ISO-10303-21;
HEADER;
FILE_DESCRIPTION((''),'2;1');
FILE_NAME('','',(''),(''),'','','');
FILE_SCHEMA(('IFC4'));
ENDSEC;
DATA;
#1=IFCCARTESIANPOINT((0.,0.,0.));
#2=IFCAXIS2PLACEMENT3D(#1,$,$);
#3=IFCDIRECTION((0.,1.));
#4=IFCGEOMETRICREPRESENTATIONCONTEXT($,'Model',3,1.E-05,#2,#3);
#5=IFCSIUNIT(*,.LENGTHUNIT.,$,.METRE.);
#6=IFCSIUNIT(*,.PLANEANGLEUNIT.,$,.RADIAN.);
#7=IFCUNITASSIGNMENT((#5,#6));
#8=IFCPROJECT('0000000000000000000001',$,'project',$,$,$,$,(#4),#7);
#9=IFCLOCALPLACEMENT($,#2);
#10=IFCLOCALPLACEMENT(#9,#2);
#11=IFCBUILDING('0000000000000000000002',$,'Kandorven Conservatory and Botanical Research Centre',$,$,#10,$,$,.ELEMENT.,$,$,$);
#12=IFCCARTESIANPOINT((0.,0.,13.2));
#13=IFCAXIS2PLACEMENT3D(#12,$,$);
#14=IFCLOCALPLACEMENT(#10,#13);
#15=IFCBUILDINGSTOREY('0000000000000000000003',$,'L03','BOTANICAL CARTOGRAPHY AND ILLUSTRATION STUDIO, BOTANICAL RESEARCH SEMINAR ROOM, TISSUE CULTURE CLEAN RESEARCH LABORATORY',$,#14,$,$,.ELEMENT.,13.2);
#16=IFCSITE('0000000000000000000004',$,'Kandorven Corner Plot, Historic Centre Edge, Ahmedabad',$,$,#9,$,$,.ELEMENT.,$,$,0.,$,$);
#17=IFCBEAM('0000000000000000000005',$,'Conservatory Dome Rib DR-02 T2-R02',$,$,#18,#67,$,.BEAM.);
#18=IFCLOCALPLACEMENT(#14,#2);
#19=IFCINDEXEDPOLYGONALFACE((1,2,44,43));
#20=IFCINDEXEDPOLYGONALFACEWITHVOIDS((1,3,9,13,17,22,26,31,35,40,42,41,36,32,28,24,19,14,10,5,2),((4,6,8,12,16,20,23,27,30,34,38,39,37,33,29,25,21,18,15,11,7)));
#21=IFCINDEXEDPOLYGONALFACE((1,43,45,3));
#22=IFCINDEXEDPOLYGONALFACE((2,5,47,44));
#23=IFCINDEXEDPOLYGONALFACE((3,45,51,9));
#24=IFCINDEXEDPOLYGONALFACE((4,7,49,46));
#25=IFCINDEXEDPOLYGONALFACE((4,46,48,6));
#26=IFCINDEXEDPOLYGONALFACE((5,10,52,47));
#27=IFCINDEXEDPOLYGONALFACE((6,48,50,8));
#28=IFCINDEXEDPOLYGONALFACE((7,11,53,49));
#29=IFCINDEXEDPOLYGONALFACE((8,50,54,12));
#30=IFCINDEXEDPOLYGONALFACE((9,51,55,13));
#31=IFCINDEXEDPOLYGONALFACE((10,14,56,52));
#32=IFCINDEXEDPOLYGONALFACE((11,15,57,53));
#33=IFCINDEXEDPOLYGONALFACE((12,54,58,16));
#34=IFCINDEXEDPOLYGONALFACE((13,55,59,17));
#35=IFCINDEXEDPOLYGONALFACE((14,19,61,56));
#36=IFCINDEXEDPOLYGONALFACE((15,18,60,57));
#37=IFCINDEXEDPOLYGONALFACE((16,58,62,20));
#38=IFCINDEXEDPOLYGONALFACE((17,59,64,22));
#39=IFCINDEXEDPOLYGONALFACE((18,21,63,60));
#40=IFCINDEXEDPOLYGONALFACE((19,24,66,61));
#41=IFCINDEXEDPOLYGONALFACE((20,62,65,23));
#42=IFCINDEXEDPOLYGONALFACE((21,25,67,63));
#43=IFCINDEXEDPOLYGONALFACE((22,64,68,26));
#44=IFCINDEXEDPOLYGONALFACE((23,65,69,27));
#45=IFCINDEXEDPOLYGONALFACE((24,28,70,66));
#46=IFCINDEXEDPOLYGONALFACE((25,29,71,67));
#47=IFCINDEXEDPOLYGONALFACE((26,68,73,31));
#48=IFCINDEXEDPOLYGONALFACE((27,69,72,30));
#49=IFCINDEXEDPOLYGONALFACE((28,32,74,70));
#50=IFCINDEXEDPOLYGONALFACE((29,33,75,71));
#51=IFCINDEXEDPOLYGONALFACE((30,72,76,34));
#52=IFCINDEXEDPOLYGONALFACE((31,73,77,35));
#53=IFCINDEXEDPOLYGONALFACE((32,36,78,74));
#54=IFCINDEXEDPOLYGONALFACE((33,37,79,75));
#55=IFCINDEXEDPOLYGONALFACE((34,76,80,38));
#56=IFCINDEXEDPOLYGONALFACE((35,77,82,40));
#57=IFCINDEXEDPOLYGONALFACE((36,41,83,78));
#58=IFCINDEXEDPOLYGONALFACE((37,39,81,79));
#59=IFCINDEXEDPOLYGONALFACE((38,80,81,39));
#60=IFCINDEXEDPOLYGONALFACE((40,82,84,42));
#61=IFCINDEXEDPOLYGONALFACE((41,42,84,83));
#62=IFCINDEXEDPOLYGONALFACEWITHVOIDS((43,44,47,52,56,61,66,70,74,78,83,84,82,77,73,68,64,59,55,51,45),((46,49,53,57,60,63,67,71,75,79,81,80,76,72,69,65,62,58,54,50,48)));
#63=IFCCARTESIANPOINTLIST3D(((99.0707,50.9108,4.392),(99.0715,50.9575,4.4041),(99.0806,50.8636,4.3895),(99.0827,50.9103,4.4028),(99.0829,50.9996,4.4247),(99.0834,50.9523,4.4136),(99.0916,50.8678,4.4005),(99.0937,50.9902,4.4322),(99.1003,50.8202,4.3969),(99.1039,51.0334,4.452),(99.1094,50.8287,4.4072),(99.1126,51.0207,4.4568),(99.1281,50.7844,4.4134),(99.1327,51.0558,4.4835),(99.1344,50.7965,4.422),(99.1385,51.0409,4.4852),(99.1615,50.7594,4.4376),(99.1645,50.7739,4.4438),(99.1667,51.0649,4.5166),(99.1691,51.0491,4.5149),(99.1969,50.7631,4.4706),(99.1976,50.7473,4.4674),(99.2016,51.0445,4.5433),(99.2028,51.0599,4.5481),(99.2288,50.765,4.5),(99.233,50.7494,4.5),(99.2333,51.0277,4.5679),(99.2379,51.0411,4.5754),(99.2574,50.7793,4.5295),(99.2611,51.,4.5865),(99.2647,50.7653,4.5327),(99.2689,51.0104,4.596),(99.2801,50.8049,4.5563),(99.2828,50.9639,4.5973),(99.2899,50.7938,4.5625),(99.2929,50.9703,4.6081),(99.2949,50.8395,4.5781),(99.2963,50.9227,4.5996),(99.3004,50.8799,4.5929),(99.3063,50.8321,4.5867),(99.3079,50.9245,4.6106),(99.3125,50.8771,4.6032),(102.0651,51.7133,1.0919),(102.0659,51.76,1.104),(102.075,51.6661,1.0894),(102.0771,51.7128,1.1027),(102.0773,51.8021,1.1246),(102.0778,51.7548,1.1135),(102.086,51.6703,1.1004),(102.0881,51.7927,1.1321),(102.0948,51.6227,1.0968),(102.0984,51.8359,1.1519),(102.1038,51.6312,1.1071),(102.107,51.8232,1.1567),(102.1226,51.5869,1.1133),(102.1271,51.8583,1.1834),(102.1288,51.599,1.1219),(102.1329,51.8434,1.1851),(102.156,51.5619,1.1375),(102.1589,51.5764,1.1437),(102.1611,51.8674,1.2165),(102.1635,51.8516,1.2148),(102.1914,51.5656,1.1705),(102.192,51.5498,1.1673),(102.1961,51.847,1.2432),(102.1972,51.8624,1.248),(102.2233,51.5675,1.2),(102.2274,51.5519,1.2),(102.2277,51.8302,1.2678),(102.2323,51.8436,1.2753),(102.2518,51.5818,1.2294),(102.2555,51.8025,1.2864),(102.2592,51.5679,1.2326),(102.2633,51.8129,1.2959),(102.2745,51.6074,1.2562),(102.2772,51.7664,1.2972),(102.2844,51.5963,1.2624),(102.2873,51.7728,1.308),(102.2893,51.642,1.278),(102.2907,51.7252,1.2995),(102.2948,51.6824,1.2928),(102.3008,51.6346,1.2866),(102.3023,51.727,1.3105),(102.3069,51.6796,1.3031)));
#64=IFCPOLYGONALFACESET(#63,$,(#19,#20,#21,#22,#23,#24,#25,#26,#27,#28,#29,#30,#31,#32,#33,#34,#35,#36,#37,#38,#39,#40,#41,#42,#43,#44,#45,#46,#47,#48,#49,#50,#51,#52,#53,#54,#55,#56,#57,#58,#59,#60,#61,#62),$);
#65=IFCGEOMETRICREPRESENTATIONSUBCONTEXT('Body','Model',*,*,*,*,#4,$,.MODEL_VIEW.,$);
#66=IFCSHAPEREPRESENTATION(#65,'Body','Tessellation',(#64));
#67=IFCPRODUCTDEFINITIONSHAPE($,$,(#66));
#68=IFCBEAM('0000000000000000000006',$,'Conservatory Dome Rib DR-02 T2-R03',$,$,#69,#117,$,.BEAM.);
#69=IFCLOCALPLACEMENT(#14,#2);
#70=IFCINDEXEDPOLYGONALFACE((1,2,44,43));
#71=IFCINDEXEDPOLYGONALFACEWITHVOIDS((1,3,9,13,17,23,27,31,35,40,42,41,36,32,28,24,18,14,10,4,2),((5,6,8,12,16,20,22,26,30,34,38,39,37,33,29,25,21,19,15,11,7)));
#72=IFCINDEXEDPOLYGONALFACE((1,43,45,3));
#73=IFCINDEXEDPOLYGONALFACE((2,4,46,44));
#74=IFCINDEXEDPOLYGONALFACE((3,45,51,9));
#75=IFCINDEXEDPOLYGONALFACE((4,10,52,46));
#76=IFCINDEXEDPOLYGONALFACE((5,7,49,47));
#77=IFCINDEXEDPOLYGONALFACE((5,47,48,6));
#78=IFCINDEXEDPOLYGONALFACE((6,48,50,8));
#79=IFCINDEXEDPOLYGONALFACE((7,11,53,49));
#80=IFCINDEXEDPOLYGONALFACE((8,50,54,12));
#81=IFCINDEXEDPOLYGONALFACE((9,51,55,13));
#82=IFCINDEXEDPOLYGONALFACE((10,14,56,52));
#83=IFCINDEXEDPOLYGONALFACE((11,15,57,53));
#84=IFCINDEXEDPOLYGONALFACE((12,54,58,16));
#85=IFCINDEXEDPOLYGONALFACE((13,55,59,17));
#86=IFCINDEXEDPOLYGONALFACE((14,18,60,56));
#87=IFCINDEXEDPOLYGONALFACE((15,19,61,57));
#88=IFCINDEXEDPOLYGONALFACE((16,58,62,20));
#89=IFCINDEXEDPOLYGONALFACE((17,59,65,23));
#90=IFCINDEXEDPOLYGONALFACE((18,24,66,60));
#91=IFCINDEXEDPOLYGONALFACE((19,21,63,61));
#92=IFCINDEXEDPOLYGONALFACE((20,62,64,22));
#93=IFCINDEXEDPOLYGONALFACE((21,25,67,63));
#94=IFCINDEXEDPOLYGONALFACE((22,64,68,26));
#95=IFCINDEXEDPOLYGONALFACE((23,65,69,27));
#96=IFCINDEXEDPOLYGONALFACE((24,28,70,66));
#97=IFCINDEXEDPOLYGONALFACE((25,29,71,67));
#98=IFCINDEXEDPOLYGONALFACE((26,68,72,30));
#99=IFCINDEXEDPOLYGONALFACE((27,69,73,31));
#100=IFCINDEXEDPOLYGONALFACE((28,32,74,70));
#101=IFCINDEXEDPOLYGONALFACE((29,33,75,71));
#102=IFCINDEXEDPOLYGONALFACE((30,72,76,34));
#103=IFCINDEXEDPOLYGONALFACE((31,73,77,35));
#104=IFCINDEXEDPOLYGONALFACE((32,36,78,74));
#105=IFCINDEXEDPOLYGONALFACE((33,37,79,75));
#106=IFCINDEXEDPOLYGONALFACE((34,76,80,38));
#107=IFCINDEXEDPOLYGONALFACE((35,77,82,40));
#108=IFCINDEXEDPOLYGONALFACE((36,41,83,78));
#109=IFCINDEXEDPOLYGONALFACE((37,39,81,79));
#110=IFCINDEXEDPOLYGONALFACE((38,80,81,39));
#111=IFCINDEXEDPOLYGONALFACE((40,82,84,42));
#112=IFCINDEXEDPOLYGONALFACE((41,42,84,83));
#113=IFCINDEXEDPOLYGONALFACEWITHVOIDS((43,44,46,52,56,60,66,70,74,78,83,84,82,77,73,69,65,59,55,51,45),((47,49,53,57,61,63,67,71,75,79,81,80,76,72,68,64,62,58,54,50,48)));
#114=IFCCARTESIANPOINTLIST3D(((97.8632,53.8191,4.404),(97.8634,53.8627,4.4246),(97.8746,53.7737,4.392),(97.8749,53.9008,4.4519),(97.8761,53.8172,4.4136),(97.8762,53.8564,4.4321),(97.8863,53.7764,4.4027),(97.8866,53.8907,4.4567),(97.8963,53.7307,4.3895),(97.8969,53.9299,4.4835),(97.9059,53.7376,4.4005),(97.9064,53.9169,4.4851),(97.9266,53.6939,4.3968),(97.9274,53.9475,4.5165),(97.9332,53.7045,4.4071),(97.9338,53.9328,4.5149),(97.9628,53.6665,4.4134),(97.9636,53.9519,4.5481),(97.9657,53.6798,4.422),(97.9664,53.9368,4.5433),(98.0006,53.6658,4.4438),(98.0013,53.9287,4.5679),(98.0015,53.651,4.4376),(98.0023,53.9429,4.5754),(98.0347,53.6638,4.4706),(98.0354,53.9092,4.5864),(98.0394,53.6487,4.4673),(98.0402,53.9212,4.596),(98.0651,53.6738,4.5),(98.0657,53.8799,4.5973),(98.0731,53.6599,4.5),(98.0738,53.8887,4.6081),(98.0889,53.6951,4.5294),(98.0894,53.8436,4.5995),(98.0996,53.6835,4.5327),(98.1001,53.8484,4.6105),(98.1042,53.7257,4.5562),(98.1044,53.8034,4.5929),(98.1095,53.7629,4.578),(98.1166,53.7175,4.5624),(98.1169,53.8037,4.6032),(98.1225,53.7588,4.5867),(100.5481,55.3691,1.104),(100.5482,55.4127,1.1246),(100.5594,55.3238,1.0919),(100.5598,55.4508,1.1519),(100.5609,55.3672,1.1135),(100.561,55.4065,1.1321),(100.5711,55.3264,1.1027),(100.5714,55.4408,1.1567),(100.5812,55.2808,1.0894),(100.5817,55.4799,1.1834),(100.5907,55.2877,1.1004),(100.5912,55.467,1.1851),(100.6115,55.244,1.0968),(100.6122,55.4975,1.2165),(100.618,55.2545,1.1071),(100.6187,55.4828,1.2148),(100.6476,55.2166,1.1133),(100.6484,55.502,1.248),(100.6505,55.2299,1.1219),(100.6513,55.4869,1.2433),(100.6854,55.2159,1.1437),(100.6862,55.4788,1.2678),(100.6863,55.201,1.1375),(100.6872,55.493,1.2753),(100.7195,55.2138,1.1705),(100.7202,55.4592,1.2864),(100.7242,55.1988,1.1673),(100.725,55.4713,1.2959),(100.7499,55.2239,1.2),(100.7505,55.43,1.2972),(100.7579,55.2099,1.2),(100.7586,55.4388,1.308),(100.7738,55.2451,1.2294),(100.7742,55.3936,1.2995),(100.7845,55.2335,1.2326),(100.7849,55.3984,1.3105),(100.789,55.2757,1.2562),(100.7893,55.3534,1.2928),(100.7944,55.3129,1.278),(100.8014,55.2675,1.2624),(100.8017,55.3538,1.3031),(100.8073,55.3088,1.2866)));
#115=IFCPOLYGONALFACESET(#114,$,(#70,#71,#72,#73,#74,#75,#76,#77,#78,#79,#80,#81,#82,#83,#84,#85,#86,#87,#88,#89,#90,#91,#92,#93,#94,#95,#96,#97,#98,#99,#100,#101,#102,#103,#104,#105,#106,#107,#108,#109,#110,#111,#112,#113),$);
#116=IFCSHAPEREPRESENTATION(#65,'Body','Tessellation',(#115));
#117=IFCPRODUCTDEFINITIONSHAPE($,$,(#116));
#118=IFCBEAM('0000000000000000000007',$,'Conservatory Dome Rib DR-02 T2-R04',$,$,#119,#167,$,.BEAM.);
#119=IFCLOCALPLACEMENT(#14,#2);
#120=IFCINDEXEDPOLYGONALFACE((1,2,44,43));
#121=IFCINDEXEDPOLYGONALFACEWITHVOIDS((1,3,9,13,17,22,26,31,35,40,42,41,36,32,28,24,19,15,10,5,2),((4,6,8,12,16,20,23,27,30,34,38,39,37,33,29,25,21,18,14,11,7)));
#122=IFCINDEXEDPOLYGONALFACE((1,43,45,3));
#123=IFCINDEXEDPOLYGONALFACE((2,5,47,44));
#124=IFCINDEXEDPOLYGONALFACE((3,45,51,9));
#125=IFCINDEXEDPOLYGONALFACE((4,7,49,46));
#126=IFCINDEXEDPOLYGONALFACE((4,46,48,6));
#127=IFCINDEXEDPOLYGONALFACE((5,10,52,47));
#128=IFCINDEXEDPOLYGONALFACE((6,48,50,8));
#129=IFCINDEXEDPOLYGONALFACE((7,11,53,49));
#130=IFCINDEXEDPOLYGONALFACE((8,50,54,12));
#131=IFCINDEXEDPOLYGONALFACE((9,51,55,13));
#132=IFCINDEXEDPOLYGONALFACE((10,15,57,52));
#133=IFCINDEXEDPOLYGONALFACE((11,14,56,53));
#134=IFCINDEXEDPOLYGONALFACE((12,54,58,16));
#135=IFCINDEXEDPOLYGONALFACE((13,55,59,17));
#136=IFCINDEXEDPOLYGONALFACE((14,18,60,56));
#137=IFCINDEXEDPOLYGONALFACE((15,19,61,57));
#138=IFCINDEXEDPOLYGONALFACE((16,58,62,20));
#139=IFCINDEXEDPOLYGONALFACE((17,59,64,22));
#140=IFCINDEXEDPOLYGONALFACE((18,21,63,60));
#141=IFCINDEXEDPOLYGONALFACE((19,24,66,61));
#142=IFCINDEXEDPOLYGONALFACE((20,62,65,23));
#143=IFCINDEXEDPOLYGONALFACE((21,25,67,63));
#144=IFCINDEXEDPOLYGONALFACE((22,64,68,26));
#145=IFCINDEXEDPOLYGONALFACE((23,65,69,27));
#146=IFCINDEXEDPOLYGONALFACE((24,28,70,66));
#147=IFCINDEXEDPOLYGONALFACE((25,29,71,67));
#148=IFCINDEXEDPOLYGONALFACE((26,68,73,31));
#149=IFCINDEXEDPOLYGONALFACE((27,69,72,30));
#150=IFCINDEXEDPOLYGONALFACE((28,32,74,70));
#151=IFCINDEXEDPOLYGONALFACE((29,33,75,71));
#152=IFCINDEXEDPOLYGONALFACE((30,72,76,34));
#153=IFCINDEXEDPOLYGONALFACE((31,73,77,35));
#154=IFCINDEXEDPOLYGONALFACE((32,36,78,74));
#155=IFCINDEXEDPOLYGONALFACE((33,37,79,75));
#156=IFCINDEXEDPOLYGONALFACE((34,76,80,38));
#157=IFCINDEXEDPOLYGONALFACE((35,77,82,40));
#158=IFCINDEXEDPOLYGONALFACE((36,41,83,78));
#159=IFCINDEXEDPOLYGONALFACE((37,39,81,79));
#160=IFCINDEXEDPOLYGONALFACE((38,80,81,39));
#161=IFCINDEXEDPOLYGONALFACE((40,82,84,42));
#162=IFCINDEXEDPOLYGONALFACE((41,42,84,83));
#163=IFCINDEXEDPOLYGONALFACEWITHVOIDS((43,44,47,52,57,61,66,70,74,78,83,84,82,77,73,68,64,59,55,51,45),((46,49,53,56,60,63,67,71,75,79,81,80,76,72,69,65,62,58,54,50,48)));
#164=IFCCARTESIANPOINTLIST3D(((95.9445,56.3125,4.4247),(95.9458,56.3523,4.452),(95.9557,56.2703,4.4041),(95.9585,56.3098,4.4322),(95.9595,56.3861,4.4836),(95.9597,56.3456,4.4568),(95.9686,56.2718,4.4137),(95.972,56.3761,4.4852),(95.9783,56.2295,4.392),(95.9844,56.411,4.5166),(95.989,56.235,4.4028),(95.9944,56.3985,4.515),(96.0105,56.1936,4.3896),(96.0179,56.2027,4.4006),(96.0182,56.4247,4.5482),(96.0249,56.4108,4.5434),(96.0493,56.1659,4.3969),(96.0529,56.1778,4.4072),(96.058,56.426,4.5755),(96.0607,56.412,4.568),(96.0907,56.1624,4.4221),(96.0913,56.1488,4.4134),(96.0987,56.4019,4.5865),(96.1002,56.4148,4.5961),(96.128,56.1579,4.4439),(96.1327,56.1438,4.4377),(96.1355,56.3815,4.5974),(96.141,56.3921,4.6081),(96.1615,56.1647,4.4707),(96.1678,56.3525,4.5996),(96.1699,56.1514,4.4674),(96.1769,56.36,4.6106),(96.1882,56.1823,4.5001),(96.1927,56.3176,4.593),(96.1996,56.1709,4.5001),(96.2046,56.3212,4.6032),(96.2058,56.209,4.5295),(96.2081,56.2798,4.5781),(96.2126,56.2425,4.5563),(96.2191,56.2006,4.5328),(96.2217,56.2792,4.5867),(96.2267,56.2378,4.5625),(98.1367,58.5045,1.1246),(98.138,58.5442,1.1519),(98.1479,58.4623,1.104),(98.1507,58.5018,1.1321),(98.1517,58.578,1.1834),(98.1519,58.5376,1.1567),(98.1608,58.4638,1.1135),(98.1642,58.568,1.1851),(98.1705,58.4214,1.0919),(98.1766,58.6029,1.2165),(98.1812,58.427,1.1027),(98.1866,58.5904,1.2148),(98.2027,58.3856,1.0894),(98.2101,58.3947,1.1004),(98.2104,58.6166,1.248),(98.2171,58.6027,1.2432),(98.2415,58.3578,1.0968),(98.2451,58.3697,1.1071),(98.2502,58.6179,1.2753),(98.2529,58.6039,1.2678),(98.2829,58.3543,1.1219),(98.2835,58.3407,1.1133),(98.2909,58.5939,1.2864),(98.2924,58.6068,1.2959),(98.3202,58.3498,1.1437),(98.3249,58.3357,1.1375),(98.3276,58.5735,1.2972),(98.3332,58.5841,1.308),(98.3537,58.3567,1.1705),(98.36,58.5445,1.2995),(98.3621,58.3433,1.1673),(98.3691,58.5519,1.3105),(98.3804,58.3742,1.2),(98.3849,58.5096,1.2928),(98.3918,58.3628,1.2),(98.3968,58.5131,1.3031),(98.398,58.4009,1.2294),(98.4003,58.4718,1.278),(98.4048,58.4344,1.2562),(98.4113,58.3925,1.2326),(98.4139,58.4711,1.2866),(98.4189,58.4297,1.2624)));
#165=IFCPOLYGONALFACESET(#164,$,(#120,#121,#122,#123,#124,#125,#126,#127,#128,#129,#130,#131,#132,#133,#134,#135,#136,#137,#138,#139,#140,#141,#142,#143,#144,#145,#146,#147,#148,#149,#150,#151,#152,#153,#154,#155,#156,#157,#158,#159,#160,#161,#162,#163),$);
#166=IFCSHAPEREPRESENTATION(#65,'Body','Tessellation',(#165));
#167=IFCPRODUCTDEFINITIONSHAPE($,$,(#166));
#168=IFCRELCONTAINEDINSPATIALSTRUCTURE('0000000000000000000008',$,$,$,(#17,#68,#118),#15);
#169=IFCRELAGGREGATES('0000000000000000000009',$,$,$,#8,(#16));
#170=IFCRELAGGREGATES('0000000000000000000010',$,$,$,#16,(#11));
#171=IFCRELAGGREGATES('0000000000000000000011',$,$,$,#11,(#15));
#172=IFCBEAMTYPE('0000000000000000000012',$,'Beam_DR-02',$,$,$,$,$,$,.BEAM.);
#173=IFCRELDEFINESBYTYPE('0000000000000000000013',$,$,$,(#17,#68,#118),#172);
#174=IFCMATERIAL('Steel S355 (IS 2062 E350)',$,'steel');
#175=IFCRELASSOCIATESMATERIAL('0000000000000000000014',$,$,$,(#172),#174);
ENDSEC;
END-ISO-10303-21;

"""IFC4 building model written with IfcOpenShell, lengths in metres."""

from ifc_helpers import new_model, si_unit, direction, frame, origin, origin_2d, place, context, subcontext, project, spatial, hollow_circle, extrude, material, material_profile, profile_set, type_object, element, save


model = new_model("IFC4")

# Units and contexts
model_context = context("Model", 3, precision=1e-05, world=origin(), true_north=direction((0.0, 1.0)))
body_context = subcontext(model_context, "Body", "Model", "MODEL_VIEW")
ifc_project = project(units=[si_unit("LENGTHUNIT", "METRE"), si_unit("PLANEANGLEUNIT", "RADIAN")], contexts=[model_context])

# Site, building, storey
site_placement = place(None, origin())
site = spatial("IfcSite", under=ifc_project, at=site_placement, Name="Kandorven Corner Plot, Historic Centre Edge, Ahmedabad", CompositionType="ELEMENT", RefElevation=0.0)
building_placement = place(site_placement, origin())
building = spatial("IfcBuilding", under=site, at=building_placement, Name="Kandorven Conservatory and Botanical Research Centre", CompositionType="ELEMENT")
storey_placement = place(building_placement, frame((0.0, 0.0, 13.2)))
storey = spatial("IfcBuildingStorey", under=building, at=storey_placement, Name="L03", Description="BOTANICAL CARTOGRAPHY AND ILLUSTRATION STUDIO, BOTANICAL RESEARCH SEMINAR ROOM, TISSUE CULTURE CLEAN RESEARCH LABORATORY", CompositionType="ELEMENT", Elevation=13.2)

# Beams
ifc_material_1 = material(Name="Steel S355 (IS 2062 E350)", Category="steel")
ifc_material_profile_1 = material_profile(ifc_material_1, hollow_circle(Radius=0.1619, WallThickness=0.0161, at=origin_2d()))
ifc_profile_set_1 = profile_set([ifc_material_profile_1], Name="Steel S355 (IS 2062 E350)")
beam_type_1 = type_object("IfcBeamType", Name="Beam_DR-02", PredefinedType="BEAM", material=ifc_profile_set_1)
for number, where, z_axis, x_axis, name in (
    (1, (102.1855, 51.7083, 1.2), (-0.661338, -0.177238, 0.728847), (0.258863, -0.965914, 0.0), "Conservatory Dome Rib DR-02 T2-R02"),
    (2, (100.677, 55.3501, 1.2), (-0.592959, -0.342338, 0.728837), (0.499993, -0.86603, 0.0), "Conservatory Dome Rib DR-02 T2-R03"),
    (3, (98.2773, 58.4773, 1.2), (-0.48416, -0.484106, 0.728855), (0.707067, -0.707146, 0.0), "Conservatory Dome Rib DR-02 T2-R04"),
):
    element("IfcBeam", number, at=place(storey_placement, frame(where, z_axis=z_axis, x_axis=x_axis)), inside=storey, type_object=beam_type_1, Name=name, PredefinedType="BEAM", context=body_context, shape_type="SweptSolid", body=[
        extrude(hollow_circle(Radius=0.1619, WallThickness=0.0161, at=origin_2d()), origin(), (0.0, 0.0, 1.0), 4.5278),
    ])

save(model, "model.ifc")
